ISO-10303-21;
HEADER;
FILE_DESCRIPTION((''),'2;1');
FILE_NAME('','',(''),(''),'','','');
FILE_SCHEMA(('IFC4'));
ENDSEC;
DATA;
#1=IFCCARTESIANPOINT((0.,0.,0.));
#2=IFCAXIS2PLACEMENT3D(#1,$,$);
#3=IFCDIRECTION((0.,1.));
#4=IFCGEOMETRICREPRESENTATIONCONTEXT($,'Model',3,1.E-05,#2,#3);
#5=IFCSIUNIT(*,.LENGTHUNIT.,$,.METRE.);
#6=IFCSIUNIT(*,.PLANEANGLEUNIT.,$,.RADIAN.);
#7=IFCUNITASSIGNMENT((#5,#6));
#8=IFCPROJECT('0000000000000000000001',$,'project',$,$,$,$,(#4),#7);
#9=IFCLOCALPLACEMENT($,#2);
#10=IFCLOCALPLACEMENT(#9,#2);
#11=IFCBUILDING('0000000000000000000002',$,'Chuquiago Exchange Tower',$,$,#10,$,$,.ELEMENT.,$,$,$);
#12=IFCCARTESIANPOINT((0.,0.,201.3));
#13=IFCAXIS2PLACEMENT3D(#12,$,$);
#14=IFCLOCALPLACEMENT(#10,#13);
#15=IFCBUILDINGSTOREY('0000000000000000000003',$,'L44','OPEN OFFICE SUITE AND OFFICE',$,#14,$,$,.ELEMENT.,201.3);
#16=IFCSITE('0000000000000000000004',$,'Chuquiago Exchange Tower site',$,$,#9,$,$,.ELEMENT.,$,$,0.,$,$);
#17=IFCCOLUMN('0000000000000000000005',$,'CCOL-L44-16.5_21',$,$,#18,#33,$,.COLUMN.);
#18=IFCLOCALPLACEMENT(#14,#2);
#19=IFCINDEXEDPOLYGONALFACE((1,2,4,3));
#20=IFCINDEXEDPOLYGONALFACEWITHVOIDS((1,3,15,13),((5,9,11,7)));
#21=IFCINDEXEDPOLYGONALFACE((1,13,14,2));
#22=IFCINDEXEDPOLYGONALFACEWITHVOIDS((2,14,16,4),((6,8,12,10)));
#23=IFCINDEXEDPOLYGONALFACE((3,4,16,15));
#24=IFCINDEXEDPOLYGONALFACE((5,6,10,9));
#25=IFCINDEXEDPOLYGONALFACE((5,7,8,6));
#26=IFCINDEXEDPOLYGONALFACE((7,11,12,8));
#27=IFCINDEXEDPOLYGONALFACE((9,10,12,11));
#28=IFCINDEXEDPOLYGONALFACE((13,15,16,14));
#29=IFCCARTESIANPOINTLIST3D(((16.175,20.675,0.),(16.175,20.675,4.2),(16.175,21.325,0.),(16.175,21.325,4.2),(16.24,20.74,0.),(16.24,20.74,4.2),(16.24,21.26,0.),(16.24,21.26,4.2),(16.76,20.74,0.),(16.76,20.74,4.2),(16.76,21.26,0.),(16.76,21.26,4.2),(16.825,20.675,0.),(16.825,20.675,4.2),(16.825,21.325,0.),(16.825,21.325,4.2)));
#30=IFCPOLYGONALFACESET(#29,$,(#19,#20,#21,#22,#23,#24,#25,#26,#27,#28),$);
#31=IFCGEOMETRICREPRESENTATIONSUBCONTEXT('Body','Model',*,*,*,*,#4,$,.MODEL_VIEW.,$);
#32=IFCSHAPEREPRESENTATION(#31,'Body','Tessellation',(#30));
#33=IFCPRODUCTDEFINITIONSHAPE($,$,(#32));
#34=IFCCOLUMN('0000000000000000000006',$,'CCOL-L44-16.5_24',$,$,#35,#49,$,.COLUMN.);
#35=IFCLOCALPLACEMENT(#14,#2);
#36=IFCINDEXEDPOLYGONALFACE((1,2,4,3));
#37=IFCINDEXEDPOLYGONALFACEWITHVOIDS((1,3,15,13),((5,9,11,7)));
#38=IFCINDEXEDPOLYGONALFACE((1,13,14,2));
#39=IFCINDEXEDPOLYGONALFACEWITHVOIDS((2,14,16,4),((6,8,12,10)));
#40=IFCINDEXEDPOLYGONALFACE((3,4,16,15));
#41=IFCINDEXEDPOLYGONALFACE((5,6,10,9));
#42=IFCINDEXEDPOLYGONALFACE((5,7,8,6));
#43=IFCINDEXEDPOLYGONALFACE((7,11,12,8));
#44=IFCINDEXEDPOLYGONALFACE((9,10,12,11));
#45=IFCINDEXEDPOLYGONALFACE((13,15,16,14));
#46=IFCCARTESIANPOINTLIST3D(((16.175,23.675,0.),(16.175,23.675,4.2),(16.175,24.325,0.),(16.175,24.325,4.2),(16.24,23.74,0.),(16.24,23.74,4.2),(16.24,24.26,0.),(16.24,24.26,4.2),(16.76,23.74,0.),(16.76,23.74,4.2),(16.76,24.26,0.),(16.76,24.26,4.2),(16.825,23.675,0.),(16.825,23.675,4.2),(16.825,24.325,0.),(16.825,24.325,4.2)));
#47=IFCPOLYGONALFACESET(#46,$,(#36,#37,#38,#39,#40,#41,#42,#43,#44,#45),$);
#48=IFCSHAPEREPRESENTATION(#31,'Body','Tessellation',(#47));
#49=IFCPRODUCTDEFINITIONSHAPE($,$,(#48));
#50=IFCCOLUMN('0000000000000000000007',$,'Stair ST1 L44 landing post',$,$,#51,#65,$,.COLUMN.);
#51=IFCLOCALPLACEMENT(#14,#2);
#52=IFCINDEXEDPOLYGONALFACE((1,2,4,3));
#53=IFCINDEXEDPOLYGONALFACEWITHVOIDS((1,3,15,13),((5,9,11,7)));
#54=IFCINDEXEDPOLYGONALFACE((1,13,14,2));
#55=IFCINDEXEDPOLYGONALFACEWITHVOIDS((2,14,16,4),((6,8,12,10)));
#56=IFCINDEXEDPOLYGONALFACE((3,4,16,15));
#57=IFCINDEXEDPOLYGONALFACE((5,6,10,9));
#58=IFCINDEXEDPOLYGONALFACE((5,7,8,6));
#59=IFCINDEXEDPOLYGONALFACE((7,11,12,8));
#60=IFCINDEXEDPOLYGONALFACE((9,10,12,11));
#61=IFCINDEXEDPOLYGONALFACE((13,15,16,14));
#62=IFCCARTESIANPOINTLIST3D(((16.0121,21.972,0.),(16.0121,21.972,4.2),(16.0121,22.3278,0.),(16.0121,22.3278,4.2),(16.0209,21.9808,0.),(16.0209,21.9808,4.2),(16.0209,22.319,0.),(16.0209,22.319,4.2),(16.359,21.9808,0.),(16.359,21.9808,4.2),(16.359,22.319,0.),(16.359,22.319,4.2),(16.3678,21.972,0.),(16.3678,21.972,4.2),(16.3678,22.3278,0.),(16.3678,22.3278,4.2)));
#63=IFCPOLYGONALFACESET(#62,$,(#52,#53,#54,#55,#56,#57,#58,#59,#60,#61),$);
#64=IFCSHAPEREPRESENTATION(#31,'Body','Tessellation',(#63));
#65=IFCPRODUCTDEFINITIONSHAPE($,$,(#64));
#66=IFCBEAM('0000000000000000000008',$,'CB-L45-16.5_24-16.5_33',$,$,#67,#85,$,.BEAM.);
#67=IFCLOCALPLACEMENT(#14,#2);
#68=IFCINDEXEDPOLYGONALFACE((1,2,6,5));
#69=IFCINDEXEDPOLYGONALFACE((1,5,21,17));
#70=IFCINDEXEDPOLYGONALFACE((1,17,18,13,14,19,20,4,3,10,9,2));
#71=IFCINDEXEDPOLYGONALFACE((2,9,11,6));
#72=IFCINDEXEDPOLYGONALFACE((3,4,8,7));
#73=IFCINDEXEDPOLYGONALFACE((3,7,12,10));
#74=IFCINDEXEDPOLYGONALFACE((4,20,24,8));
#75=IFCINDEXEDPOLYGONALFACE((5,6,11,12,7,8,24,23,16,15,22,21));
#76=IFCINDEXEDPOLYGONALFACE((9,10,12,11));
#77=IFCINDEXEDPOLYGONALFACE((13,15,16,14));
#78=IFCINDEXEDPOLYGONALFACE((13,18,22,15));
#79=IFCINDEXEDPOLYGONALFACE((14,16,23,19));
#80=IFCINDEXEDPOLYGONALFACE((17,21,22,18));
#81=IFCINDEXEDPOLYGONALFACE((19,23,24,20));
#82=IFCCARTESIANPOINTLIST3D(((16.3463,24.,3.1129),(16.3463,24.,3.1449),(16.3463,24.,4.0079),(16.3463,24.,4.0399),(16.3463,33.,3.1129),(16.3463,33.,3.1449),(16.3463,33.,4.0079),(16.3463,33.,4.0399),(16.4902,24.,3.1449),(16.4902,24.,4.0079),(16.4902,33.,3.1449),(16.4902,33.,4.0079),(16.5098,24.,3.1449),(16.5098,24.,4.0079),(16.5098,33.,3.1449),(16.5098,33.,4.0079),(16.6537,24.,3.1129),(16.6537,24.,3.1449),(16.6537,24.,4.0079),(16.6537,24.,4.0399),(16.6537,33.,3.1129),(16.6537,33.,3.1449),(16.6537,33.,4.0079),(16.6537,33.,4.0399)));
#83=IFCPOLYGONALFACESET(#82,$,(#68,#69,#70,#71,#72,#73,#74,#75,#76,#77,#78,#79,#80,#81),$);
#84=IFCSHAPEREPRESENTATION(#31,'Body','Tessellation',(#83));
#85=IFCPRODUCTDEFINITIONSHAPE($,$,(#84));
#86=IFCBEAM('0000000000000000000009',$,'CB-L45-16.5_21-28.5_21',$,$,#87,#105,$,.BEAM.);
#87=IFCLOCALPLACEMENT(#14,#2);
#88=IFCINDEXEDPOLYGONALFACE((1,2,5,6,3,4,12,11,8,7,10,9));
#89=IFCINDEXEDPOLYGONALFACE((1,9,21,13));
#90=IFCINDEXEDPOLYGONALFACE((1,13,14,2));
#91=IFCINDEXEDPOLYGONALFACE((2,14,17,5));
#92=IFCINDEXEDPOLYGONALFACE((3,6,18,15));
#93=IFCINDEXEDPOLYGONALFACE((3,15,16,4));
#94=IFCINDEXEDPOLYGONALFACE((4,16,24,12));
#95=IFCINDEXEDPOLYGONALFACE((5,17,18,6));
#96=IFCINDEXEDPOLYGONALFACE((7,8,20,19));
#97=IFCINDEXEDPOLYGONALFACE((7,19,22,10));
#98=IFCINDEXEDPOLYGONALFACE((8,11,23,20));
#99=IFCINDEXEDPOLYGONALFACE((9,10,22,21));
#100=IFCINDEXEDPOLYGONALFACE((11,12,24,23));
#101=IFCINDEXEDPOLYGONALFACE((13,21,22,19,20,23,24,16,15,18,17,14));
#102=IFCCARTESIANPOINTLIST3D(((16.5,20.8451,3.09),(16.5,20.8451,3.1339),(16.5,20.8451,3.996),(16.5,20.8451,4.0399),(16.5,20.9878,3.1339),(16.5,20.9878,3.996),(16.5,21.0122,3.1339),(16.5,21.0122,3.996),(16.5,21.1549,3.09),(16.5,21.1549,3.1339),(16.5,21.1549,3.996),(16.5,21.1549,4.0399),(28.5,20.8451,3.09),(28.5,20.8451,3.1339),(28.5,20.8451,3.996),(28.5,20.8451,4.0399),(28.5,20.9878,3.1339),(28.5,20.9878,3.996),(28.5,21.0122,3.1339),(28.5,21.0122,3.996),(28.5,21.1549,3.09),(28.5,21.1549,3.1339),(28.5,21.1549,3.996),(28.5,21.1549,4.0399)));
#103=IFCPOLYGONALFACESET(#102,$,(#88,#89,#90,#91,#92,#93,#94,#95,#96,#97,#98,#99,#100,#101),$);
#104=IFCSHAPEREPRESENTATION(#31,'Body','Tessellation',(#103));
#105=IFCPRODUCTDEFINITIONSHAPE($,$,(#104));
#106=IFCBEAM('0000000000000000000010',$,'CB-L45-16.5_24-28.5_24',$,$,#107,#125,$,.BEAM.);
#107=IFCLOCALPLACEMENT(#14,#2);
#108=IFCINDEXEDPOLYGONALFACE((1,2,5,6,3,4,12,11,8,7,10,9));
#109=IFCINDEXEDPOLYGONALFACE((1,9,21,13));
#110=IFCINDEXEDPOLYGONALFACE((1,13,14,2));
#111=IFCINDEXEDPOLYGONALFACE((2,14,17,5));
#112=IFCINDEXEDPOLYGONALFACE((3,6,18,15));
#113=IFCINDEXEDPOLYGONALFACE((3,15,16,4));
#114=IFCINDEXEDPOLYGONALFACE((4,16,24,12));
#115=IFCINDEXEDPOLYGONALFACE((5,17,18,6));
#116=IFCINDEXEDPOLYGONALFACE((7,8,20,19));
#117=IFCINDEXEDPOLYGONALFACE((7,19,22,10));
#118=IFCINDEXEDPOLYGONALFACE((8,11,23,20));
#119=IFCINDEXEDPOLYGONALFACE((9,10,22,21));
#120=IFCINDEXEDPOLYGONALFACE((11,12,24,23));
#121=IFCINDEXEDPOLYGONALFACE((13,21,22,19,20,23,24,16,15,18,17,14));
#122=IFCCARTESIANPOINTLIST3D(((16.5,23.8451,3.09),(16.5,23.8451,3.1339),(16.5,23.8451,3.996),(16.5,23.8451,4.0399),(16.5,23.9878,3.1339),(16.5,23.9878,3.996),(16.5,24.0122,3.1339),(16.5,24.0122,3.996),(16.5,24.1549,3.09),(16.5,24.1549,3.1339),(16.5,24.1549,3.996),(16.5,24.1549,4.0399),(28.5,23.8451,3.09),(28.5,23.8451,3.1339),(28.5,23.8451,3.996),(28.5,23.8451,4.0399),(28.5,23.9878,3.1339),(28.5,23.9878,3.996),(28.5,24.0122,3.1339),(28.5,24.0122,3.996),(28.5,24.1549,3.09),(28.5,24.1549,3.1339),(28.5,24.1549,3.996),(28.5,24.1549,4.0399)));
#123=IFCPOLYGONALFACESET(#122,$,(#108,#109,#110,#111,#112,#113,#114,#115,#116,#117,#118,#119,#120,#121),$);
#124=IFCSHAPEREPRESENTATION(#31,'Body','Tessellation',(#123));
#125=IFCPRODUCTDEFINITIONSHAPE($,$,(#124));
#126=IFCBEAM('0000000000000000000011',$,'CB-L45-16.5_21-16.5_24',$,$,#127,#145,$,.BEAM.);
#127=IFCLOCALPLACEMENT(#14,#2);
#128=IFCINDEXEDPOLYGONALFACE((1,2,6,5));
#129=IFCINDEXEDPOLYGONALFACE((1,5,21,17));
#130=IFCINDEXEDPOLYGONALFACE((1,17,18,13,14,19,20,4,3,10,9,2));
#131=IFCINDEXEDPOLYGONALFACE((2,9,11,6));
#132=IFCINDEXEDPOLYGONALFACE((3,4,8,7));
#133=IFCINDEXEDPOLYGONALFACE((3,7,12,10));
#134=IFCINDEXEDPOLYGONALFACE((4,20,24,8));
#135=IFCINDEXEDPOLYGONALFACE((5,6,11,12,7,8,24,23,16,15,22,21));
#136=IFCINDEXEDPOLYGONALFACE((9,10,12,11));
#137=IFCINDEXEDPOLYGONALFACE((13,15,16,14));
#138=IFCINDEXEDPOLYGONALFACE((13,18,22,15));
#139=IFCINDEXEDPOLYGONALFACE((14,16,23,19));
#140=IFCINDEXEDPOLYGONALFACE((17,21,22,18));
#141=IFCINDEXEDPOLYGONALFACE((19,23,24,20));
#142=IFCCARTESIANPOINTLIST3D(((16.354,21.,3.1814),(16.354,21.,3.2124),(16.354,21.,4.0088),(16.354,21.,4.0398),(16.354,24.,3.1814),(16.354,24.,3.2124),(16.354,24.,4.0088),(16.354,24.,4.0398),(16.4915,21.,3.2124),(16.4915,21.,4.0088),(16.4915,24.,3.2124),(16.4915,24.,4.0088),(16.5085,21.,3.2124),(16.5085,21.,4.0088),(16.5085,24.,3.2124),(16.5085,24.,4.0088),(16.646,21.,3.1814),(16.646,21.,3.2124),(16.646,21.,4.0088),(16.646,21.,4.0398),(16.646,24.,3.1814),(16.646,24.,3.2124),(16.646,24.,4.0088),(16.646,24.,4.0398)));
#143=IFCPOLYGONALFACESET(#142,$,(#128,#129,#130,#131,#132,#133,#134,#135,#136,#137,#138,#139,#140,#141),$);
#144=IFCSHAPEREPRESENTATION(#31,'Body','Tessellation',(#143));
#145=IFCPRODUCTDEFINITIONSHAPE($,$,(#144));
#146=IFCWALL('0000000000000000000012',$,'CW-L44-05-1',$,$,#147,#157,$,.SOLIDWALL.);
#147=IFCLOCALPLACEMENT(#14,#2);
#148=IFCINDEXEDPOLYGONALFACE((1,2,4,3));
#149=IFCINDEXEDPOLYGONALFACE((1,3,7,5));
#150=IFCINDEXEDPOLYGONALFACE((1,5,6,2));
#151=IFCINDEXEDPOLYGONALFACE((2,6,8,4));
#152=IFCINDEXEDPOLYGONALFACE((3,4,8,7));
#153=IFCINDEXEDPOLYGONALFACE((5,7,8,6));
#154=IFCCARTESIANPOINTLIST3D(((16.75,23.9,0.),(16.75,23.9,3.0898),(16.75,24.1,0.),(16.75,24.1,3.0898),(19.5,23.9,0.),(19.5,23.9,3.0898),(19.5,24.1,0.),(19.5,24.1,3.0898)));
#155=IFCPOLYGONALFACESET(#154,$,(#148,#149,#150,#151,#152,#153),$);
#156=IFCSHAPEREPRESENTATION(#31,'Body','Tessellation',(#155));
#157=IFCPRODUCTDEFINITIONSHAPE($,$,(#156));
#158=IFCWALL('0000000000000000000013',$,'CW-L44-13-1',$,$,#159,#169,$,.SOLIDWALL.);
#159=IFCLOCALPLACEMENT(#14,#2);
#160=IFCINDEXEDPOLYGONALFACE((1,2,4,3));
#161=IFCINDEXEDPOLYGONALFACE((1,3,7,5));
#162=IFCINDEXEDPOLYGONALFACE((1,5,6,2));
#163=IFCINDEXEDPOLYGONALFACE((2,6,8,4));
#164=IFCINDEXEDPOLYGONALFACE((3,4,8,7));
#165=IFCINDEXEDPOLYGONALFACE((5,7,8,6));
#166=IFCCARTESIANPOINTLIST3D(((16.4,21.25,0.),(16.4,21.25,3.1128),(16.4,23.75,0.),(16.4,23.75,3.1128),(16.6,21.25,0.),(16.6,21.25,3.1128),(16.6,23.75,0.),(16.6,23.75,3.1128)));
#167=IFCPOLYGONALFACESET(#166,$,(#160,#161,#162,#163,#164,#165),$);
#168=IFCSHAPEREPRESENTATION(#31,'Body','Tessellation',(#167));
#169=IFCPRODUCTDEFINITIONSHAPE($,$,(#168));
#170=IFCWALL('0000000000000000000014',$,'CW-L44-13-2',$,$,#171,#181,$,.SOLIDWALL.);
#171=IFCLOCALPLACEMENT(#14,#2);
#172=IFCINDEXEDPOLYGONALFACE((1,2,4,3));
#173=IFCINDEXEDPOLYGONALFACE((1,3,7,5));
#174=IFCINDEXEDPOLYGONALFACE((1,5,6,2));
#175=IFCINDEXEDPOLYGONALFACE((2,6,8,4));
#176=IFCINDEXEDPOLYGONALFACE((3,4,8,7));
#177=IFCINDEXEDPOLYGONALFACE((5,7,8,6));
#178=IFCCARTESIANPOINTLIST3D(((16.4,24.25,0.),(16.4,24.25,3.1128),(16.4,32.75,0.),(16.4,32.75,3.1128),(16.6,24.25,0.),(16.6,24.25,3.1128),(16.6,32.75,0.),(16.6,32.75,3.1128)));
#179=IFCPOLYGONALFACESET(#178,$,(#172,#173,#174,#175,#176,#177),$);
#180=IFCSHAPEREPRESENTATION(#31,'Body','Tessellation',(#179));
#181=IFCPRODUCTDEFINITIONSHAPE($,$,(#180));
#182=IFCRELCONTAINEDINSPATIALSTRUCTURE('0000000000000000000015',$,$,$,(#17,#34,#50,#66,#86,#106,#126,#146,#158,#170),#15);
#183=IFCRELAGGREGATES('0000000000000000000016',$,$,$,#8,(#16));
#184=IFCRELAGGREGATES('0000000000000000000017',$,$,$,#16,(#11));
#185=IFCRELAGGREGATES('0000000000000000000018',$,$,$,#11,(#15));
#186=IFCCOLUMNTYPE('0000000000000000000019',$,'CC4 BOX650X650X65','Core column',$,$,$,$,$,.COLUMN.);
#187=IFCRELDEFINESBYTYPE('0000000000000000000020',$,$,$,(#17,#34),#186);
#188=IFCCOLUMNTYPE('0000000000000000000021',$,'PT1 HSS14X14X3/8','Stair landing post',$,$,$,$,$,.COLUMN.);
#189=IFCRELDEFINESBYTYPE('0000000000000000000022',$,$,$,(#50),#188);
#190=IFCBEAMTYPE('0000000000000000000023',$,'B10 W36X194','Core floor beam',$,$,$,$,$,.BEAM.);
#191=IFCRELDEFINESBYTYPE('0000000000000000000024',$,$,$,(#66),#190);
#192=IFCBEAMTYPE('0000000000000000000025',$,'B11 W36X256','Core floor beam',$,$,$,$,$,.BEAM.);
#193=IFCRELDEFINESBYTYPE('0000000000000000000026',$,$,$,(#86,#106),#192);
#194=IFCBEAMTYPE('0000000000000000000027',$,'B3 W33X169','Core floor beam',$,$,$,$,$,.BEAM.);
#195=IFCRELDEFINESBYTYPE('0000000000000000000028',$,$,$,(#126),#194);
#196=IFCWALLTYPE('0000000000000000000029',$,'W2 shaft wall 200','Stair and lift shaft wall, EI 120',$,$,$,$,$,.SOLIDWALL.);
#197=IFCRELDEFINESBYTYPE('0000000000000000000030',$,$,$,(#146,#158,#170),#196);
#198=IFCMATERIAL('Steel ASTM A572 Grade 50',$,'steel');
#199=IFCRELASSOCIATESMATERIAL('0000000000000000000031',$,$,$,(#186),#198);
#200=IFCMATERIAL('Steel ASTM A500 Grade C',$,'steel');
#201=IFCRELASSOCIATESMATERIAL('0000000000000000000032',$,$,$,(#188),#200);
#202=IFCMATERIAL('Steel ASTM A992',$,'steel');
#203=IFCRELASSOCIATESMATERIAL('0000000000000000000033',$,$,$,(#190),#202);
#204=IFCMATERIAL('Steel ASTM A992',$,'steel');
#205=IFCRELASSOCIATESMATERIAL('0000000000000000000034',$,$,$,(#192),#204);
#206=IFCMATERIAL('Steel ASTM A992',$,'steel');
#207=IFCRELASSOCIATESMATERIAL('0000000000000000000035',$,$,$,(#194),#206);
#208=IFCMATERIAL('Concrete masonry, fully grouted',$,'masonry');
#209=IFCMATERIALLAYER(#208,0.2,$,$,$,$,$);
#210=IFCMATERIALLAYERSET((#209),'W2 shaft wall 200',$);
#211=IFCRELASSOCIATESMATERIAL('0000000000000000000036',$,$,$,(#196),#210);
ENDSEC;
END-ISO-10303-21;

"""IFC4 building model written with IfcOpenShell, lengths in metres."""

from ifc_helpers import new_model, si_unit, direction, frame, frame_2d, origin, origin_2d, place, context, subcontext, project, spatial, rectangle, hollow_rectangle, i_section, extrude, material, layer, layer_set, material_profile, profile_set, type_object, element, save


model = new_model("IFC4")

# Units and contexts
model_context = context("Model", 3, precision=1e-05, world=origin(), true_north=direction((0.0, 1.0)))
body_context = subcontext(model_context, "Body", "Model", "MODEL_VIEW")
ifc_project = project(units=[si_unit("LENGTHUNIT", "METRE"), si_unit("PLANEANGLEUNIT", "RADIAN")], contexts=[model_context])

# Site, building, storey
site_placement = place(None, origin())
site = spatial("IfcSite", under=ifc_project, at=site_placement, Name="Chuquiago Exchange Tower site", CompositionType="ELEMENT", RefElevation=0.0)
building_placement = place(site_placement, origin())
building = spatial("IfcBuilding", under=site, at=building_placement, Name="Chuquiago Exchange Tower", CompositionType="ELEMENT")
storey_placement = place(building_placement, frame((0.0, 0.0, 201.3)))
storey = spatial("IfcBuildingStorey", under=building, at=storey_placement, Name="L44", Description="OPEN OFFICE SUITE AND OFFICE", CompositionType="ELEMENT", Elevation=201.3)

# Columns
ifc_material_1 = material(Name="Steel ASTM A572 Grade 50", Category="steel")
ifc_material_profile_1 = material_profile(ifc_material_1, hollow_rectangle(XDim=0.6499, YDim=0.6499, WallThickness=0.0649, at=origin_2d()), Name="BOX650X650X65")
ifc_profile_set_1 = profile_set([ifc_material_profile_1], Name="Steel ASTM A572 Grade 50")
column_type_1 = type_object("IfcColumnType", Name="CC4 BOX650X650X65", Description="Core column", PredefinedType="COLUMN", material=ifc_profile_set_1)
for number, where, z_axis, x_axis, name in (
    (1, (16.5, 21.0, 0.0), (0.0, 0.0, 1.0), (1.0, 0.0, 0.0), "CCOL-L44-16.5_21"),
    (2, (16.5, 24.0, 0.0), (0.0, 0.0, 1.0), (1.0, 0.0, 0.0), "CCOL-L44-16.5_24"),
):
    element("IfcColumn", number, at=place(storey_placement, frame(where, z_axis=z_axis, x_axis=x_axis)), inside=storey, type_object=column_type_1, Name=name, PredefinedType="COLUMN", context=body_context, shape_type="SweptSolid", body=[
        extrude(hollow_rectangle(XDim=0.6499, YDim=0.6499, WallThickness=0.0649, at=origin_2d()), origin(), (0.0, 0.0, 1.0), 4.2),
    ])
ifc_material_2 = material(Name="Steel ASTM A500 Grade C", Category="steel")
ifc_material_profile_2 = material_profile(ifc_material_2, hollow_rectangle(XDim=0.3557, YDim=0.3557, WallThickness=0.0088, at=origin_2d()), Name="HSS14X14X3/8")
ifc_profile_set_2 = profile_set([ifc_material_profile_2], Name="Steel ASTM A500 Grade C")
column_type_2 = type_object("IfcColumnType", Name="PT1 HSS14X14X3/8", Description="Stair landing post", PredefinedType="COLUMN", material=ifc_profile_set_2)
column_placement = place(storey_placement, frame((16.1899, 22.1499, 0.0), z_axis=(0.0, 0.0, 1.0), x_axis=(1.0, 0.0, 0.0)))
element("IfcColumn", 3, at=column_placement, inside=storey, type_object=column_type_2, Name="Stair ST1 L44 landing post", PredefinedType="COLUMN", context=body_context, shape_type="SweptSolid", body=[
    extrude(hollow_rectangle(XDim=0.3557, YDim=0.3557, WallThickness=0.0088, at=origin_2d()), origin(), (0.0, 0.0, 1.0), 4.2),
])

# Beams
ifc_material_3 = material(Name="Steel ASTM A992", Category="steel")
ifc_material_profile_3 = material_profile(ifc_material_3, i_section(OverallWidth=0.3074, OverallDepth=0.927, WebThickness=0.0195, FlangeThickness=0.032, at=origin_2d()), Name="W36X194")
ifc_profile_set_3 = profile_set([ifc_material_profile_3], Name="Steel ASTM A992")
beam_type_1 = type_object("IfcBeamType", Name="B10 W36X194", Description="Core floor beam", PredefinedType="BEAM", material=ifc_profile_set_3)
beam_1_placement = place(storey_placement, frame((16.5, 24.0, 3.5764), z_axis=(0.0, 1.0, 0.0), x_axis=(-1.0, 0.0, 0.0)))
element("IfcBeam", 4, at=beam_1_placement, inside=storey, type_object=beam_type_1, Name="CB-L45-16.5_24-16.5_33", PredefinedType="BEAM", context=body_context, shape_type="SweptSolid", body=[
    extrude(i_section(OverallWidth=0.3074, OverallDepth=0.927, WebThickness=0.0195, FlangeThickness=0.032, at=origin_2d()), origin(), (0.0, 0.0, 1.0), 9.0),
])
ifc_material_4 = material(Name="Steel ASTM A992", Category="steel")
ifc_material_profile_4 = material_profile(ifc_material_4, i_section(OverallWidth=0.3098, OverallDepth=0.95, WebThickness=0.0244, FlangeThickness=0.0439, at=origin_2d()), Name="W36X256")
ifc_profile_set_4 = profile_set([ifc_material_profile_4], Name="Steel ASTM A992")
beam_type_2 = type_object("IfcBeamType", Name="B11 W36X256", Description="Core floor beam", PredefinedType="BEAM", material=ifc_profile_set_4)
for number, where, z_axis, x_axis, name in (
    (5, (16.5, 21.0, 3.5649), (1.0, 0.0, 0.0), (0.0, 1.0, 0.0), "CB-L45-16.5_21-28.5_21"),
    (6, (16.5, 24.0, 3.5649), (1.0, 0.0, 0.0), (0.0, 1.0, 0.0), "CB-L45-16.5_24-28.5_24"),
):
    element("IfcBeam", number, at=place(storey_placement, frame(where, z_axis=z_axis, x_axis=x_axis)), inside=storey, type_object=beam_type_2, Name=name, PredefinedType="BEAM", context=body_context, shape_type="SweptSolid", body=[
        extrude(i_section(OverallWidth=0.3098, OverallDepth=0.95, WebThickness=0.0244, FlangeThickness=0.0439, at=origin_2d()), origin(), (0.0, 0.0, 1.0), 12.0),
    ])
ifc_material_5 = material(Name="Steel ASTM A992", Category="steel")
ifc_material_profile_5 = material_profile(ifc_material_5, i_section(OverallWidth=0.292, OverallDepth=0.8584, WebThickness=0.0171, FlangeThickness=0.031, at=origin_2d()), Name="W33X169")
ifc_profile_set_5 = profile_set([ifc_material_profile_5], Name="Steel ASTM A992")
beam_type_3 = type_object("IfcBeamType", Name="B3 W33X169", Description="Core floor beam", PredefinedType="BEAM", material=ifc_profile_set_5)
beam_2_placement = place(storey_placement, frame((16.5, 21.0, 3.6106), z_axis=(0.0, 1.0, 0.0), x_axis=(-1.0, 0.0, 0.0)))
element("IfcBeam", 7, at=beam_2_placement, inside=storey, type_object=beam_type_3, Name="CB-L45-16.5_21-16.5_24", PredefinedType="BEAM", context=body_context, shape_type="SweptSolid", body=[
    extrude(i_section(OverallWidth=0.292, OverallDepth=0.8584, WebThickness=0.0171, FlangeThickness=0.031, at=origin_2d()), origin(), (0.0, 0.0, 1.0), 3.0),
])

# Walls
ifc_material_6 = material(Name="Concrete masonry, fully grouted", Category="masonry")
ifc_layer = layer(ifc_material_6, 0.2)
ifc_layer_set = layer_set([ifc_layer], Name="W2 shaft wall 200")
wall_type = type_object("IfcWallType", Name="W2 shaft wall 200", Description="Stair and lift shaft wall, EI 120", PredefinedType="SOLIDWALL", material=ifc_layer_set)
wall_1_placement = place(storey_placement, frame((16.75, 24.0, 0.0), z_axis=(0.0, 0.0, 1.0), x_axis=(1.0, 0.0, 0.0)))
element("IfcWall", 8, at=wall_1_placement, inside=storey, type_object=wall_type, Name="CW-L44-05-1", PredefinedType="SOLIDWALL", context=body_context, shape_type="SweptSolid", body=[
    extrude(rectangle(XDim=2.75, YDim=0.2, at=frame_2d((1.375, 0.0))), origin(), (0.0, 0.0, 1.0), 3.0898),
])
wall_2_placement = place(storey_placement, frame((16.5, 21.25, 0.0), z_axis=(0.0, 0.0, 1.0), x_axis=(0.0, 1.0, 0.0)))
element("IfcWall", 9, at=wall_2_placement, inside=storey, type_object=wall_type, Name="CW-L44-13-1", PredefinedType="SOLIDWALL", context=body_context, shape_type="SweptSolid", body=[
    extrude(rectangle(XDim=2.5, YDim=0.2, at=frame_2d((1.25, 0.0))), origin(), (0.0, 0.0, 1.0), 3.1128),
])
wall_3_placement = place(storey_placement, frame((16.5, 24.25, 0.0), z_axis=(0.0, 0.0, 1.0), x_axis=(0.0, 1.0, 0.0)))
element("IfcWall", 10, at=wall_3_placement, inside=storey, type_object=wall_type, Name="CW-L44-13-2", PredefinedType="SOLIDWALL", context=body_context, shape_type="SweptSolid", body=[
    extrude(rectangle(XDim=8.5, YDim=0.2, at=frame_2d((4.25, 0.0))), origin(), (0.0, 0.0, 1.0), 3.1128),
])

save(model, "model.ifc")
